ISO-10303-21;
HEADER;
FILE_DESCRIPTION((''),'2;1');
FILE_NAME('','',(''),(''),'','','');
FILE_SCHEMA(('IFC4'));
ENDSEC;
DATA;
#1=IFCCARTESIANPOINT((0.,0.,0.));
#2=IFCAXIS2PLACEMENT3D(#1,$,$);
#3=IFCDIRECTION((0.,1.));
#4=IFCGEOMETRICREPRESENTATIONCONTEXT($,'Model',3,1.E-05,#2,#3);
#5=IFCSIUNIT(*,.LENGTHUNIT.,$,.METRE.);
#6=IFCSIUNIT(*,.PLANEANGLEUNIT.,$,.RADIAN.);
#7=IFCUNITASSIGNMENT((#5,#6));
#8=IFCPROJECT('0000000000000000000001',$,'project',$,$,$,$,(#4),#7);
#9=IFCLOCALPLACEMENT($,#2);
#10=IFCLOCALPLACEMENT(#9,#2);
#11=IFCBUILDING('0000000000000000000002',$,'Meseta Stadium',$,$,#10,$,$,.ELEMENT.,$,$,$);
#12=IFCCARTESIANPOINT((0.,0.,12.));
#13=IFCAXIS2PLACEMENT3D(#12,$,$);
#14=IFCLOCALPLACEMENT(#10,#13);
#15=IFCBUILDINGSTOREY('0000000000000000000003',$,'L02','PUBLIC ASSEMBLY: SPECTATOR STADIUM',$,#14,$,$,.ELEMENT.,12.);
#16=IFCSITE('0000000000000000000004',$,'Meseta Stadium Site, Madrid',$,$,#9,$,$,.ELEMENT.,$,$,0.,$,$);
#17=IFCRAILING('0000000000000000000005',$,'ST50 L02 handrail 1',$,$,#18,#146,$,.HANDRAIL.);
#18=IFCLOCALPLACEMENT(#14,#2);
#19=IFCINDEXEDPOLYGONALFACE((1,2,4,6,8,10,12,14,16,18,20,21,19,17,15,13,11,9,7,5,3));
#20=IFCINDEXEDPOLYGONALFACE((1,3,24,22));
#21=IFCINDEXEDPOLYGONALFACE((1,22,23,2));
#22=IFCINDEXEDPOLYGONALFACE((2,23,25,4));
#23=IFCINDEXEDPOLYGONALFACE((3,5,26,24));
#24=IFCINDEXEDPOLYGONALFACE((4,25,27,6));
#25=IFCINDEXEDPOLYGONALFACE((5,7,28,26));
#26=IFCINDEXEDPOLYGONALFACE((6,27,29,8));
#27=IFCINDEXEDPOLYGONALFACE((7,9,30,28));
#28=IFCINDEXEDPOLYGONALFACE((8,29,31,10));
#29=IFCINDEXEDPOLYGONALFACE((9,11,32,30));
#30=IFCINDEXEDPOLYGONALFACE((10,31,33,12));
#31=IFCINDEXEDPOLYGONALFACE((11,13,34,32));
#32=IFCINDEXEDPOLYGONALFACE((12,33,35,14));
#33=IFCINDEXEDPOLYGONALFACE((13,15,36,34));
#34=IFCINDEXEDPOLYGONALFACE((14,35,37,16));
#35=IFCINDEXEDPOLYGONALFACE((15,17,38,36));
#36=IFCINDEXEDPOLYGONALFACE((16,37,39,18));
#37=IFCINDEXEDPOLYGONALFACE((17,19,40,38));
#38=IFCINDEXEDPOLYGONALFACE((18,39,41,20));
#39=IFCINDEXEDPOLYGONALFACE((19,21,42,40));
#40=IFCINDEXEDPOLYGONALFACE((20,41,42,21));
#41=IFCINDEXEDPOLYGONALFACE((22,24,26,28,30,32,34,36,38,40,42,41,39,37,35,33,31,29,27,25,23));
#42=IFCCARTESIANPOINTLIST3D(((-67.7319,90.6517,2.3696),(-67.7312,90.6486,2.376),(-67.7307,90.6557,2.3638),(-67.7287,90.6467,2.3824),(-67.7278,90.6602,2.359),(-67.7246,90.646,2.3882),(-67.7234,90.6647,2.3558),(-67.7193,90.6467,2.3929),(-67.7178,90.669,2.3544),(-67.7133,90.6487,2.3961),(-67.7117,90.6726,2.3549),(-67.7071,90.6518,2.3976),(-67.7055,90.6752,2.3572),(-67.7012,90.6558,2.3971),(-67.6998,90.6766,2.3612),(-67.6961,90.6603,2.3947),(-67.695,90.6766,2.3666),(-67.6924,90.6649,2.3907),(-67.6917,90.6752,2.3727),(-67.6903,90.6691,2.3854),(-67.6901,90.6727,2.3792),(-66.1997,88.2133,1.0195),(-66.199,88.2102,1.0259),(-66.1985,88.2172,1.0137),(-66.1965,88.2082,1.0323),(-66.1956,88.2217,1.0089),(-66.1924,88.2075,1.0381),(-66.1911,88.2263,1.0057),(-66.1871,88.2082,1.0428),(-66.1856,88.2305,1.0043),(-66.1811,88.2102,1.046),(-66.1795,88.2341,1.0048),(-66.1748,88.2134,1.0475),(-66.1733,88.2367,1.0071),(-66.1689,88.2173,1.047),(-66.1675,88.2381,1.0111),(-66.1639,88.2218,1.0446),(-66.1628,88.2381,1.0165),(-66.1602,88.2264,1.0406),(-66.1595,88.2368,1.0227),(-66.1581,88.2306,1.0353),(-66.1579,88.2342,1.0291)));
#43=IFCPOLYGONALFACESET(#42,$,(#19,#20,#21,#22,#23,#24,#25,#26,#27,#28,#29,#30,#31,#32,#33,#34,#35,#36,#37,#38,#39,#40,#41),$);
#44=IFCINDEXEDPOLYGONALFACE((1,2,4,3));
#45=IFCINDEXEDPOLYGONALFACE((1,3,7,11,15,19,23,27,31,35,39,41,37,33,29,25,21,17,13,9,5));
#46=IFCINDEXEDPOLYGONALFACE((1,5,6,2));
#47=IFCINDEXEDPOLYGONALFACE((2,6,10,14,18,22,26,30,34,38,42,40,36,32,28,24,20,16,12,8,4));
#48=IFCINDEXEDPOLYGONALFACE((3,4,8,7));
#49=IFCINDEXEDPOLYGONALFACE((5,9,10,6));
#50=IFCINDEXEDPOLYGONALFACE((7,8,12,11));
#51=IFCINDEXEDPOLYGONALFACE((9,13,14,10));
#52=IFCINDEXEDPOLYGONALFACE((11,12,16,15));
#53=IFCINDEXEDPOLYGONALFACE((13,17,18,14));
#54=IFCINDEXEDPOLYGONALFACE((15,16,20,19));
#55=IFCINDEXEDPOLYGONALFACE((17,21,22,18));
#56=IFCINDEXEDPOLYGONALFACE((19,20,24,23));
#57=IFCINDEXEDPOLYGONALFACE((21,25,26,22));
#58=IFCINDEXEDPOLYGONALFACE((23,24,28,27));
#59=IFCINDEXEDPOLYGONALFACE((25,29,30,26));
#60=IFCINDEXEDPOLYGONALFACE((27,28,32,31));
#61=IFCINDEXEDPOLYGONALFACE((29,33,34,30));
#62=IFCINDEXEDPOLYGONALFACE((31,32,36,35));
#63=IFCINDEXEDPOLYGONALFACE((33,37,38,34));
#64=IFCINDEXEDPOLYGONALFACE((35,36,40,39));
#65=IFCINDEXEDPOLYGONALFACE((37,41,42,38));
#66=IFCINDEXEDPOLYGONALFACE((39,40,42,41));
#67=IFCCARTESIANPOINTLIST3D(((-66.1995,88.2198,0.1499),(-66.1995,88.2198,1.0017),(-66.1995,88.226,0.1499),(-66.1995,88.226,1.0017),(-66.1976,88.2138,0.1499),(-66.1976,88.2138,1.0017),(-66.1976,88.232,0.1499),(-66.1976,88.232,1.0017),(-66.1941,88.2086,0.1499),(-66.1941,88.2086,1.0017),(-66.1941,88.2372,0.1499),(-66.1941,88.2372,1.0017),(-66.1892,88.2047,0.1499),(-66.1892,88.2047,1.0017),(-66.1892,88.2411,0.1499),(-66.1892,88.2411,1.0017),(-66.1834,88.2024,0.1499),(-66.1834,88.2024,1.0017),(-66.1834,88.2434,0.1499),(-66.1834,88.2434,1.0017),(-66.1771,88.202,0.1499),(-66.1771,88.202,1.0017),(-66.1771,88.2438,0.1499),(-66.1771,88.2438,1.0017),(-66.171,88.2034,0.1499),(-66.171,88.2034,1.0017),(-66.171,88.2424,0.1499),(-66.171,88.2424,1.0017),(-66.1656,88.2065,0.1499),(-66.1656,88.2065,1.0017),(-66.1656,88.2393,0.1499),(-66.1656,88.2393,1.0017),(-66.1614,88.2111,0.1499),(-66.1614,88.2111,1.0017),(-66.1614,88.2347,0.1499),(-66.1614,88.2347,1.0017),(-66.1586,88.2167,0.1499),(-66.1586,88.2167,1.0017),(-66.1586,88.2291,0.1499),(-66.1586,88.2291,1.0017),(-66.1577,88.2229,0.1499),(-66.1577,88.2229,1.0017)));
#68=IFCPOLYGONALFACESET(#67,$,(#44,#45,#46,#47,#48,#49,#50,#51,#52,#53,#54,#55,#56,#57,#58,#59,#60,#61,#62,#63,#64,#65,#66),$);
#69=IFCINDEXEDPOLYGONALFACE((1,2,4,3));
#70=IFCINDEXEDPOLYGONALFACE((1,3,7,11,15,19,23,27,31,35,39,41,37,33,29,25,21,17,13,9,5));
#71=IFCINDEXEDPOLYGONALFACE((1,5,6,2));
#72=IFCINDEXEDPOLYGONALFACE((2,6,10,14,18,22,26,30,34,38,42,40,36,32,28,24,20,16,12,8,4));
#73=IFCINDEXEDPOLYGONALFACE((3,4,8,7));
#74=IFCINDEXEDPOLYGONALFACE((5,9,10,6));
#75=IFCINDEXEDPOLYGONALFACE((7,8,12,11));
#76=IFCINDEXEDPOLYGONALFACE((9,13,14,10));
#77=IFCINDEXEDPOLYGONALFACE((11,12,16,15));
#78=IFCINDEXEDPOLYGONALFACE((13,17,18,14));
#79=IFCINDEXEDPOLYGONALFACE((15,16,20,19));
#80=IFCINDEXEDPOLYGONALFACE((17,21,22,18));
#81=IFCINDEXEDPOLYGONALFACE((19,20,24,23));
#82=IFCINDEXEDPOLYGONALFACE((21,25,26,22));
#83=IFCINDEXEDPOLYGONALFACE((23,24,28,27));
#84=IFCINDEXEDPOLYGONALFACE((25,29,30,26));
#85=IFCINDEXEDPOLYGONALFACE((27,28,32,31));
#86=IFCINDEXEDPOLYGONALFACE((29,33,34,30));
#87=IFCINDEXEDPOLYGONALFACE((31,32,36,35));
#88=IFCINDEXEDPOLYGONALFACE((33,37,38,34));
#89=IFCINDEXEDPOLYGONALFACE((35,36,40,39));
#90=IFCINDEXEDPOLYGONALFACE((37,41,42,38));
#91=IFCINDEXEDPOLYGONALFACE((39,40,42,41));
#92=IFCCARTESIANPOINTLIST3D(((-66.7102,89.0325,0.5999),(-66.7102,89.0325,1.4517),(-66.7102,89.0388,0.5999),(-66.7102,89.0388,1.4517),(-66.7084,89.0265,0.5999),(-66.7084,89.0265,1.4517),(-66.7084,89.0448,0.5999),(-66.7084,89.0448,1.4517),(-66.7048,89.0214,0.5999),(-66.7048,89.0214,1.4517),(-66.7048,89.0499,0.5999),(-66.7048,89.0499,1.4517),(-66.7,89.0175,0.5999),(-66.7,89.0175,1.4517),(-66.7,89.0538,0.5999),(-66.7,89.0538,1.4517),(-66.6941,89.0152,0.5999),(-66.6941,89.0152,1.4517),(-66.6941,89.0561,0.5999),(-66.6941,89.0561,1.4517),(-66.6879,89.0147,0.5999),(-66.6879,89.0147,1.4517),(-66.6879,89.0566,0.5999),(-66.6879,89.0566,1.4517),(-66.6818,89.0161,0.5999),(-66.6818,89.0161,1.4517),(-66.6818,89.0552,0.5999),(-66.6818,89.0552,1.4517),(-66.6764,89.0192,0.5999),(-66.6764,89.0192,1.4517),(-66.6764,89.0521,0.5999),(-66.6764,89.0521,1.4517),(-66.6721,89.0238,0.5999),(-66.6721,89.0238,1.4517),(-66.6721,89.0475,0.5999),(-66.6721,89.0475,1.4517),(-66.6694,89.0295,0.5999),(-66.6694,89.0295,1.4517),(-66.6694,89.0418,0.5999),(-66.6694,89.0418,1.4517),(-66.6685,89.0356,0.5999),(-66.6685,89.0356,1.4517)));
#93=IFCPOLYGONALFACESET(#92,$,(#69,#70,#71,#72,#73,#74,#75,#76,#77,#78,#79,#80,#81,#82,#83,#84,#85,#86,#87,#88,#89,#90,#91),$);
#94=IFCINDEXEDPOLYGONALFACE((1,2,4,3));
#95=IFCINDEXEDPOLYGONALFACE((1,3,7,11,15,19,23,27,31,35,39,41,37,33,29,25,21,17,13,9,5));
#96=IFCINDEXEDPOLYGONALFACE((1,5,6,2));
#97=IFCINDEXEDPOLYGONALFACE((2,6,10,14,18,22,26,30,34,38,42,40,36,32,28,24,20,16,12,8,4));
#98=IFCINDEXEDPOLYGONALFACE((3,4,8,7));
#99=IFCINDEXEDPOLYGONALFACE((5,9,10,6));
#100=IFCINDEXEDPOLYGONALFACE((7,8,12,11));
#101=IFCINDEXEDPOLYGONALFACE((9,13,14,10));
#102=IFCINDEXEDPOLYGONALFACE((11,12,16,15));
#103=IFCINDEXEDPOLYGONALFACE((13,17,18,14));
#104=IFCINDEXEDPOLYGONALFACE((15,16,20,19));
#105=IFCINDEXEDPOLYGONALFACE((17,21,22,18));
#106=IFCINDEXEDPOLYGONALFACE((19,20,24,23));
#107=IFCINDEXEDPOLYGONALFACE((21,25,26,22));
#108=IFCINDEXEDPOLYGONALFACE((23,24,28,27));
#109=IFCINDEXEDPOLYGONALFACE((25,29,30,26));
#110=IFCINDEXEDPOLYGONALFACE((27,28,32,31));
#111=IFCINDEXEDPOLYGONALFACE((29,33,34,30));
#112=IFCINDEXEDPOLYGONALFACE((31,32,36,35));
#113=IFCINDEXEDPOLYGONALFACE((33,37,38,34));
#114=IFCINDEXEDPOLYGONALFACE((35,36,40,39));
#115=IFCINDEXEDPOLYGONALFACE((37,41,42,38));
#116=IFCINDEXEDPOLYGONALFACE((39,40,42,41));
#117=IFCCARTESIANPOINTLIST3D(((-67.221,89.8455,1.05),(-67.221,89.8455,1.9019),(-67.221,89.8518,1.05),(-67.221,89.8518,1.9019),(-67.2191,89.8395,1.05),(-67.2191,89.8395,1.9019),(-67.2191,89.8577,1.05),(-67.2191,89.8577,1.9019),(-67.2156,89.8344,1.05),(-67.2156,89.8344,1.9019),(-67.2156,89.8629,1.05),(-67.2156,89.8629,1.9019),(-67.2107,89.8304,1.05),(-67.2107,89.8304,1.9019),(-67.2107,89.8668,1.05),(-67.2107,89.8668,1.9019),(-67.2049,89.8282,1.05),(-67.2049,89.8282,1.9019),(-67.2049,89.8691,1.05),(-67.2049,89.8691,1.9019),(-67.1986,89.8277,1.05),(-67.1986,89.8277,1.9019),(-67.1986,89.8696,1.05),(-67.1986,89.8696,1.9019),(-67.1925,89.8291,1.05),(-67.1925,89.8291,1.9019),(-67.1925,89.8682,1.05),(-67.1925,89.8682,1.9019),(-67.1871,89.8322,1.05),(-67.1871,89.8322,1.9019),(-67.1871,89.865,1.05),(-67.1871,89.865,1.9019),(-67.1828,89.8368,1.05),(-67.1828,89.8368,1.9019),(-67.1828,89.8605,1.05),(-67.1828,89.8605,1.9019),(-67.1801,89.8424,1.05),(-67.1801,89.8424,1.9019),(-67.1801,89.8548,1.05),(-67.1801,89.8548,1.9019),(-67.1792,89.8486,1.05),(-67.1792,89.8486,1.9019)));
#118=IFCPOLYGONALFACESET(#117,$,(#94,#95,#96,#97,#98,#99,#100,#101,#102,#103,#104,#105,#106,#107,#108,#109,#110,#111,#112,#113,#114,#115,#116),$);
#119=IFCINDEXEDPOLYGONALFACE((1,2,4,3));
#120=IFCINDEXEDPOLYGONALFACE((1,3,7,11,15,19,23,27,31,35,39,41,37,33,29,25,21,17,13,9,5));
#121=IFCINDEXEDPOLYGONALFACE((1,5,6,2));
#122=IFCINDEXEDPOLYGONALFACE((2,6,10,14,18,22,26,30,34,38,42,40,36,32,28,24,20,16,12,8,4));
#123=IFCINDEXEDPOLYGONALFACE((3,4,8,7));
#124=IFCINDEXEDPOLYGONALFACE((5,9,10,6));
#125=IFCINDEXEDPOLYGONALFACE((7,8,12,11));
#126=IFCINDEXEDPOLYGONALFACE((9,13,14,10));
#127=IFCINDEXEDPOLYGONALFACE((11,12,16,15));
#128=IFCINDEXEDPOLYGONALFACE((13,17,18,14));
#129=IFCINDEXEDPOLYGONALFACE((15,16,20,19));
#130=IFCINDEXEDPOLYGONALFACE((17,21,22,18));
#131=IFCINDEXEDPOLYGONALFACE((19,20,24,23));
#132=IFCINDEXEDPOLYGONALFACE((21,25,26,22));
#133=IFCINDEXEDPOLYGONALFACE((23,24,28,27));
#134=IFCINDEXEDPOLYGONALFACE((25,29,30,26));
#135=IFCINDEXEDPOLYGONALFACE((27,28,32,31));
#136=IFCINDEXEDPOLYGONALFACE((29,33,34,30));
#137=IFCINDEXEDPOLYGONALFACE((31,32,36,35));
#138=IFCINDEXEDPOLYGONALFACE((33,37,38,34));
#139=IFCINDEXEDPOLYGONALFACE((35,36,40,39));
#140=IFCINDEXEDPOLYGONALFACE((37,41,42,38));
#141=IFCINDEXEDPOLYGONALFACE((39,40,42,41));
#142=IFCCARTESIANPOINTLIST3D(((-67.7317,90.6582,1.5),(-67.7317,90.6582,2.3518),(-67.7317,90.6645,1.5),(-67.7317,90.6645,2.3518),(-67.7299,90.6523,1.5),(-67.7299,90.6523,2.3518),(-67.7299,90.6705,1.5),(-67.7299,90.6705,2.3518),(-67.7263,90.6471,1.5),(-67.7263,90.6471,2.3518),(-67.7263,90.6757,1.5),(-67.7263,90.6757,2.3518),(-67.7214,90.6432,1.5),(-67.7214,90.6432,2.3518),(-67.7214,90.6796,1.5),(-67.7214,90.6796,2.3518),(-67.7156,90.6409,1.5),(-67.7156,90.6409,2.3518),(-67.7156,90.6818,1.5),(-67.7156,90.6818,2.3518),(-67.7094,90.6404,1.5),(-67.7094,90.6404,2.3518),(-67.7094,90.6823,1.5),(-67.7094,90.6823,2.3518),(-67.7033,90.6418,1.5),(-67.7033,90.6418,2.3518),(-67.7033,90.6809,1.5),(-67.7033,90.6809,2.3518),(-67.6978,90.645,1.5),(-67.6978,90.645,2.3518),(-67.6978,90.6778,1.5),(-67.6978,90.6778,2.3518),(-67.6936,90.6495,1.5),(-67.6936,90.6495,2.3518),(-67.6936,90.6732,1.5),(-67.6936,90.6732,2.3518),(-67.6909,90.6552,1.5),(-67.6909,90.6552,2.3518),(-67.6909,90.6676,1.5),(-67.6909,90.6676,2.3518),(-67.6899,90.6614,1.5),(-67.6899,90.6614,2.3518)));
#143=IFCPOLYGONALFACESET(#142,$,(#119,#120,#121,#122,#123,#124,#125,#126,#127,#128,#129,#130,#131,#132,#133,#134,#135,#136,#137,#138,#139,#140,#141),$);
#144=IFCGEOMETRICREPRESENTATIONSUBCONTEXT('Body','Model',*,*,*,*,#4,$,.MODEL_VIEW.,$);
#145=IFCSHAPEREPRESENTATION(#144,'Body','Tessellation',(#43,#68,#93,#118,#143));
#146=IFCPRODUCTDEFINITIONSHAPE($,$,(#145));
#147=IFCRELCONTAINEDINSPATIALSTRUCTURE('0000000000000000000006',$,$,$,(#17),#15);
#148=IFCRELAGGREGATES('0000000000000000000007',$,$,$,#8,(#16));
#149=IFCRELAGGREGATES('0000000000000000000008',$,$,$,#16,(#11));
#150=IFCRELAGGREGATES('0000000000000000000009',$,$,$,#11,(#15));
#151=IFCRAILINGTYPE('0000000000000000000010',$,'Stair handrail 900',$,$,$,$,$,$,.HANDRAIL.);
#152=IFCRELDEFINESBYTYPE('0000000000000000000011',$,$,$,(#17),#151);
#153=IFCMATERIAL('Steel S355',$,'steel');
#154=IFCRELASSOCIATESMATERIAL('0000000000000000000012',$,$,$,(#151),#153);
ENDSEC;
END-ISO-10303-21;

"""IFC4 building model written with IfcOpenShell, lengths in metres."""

from ifc_helpers import new_model, si_unit, direction, frame, origin, origin_2d, place, context, subcontext, project, spatial, circle, extrude, material, type_object, element, save


model = new_model("IFC4")

# Units and contexts
model_context = context("Model", 3, precision=1e-05, world=origin(), true_north=direction((0.0, 1.0)))
body_context = subcontext(model_context, "Body", "Model", "MODEL_VIEW")
ifc_project = project(units=[si_unit("LENGTHUNIT", "METRE"), si_unit("PLANEANGLEUNIT", "RADIAN")], contexts=[model_context])

# Site, building, storey
site_placement = place(None, origin())
site = spatial("IfcSite", under=ifc_project, at=site_placement, Name="Meseta Stadium Site, Madrid", CompositionType="ELEMENT", RefElevation=0.0)
building_placement = place(site_placement, origin())
building = spatial("IfcBuilding", under=site, at=building_placement, Name="Meseta Stadium", CompositionType="ELEMENT")
storey_placement = place(building_placement, frame((0.0, 0.0, 12.0)))
storey = spatial("IfcBuildingStorey", under=building, at=storey_placement, Name="L02", Description="PUBLIC ASSEMBLY: SPECTATOR STADIUM", CompositionType="ELEMENT", Elevation=12.0)

# Railing
ifc_material_1 = material(Name="Steel S355", Category="steel")
railing_type_1 = type_object("IfcRailingType", Name="Stair handrail 900", PredefinedType="HANDRAIL", material=ifc_material_1)
railing_1_placement = place(storey_placement, frame((-66.1787, 88.2229, 0.1499)))
element("IfcRailing", 1, at=railing_1_placement, inside=storey, type_object=railing_type_1, Name="ST50 L02 handrail 1", PredefinedType="HANDRAIL", context=body_context, shape_type="SweptSolid", body=[
    extrude(circle(Radius=0.0239, at=origin_2d()), frame((0.0, 0.0, 0.876), z_axis=(-0.481731, 0.766655, 0.42447), x_axis=(-0.846719, -0.53204, 0.0)), (0.0, 0.0, 1.0), 3.1807),
    extrude(circle(Radius=0.021, at=origin_2d()), origin(), (0.0, 0.0, 1.0), 0.8518),
    extrude(circle(Radius=0.021, at=origin_2d()), frame((-0.5107, 0.8127, 0.45)), (0.0, 0.0, 1.0), 0.8518),
    extrude(circle(Radius=0.021, at=origin_2d()), frame((-1.0215, 1.6257, 0.9001)), (0.0, 0.0, 1.0), 0.8518),
    extrude(circle(Radius=0.021, at=origin_2d()), frame((-1.5322, 2.4385, 1.3501)), (0.0, 0.0, 1.0), 0.8518),
])

save(model, "model.ifc")
